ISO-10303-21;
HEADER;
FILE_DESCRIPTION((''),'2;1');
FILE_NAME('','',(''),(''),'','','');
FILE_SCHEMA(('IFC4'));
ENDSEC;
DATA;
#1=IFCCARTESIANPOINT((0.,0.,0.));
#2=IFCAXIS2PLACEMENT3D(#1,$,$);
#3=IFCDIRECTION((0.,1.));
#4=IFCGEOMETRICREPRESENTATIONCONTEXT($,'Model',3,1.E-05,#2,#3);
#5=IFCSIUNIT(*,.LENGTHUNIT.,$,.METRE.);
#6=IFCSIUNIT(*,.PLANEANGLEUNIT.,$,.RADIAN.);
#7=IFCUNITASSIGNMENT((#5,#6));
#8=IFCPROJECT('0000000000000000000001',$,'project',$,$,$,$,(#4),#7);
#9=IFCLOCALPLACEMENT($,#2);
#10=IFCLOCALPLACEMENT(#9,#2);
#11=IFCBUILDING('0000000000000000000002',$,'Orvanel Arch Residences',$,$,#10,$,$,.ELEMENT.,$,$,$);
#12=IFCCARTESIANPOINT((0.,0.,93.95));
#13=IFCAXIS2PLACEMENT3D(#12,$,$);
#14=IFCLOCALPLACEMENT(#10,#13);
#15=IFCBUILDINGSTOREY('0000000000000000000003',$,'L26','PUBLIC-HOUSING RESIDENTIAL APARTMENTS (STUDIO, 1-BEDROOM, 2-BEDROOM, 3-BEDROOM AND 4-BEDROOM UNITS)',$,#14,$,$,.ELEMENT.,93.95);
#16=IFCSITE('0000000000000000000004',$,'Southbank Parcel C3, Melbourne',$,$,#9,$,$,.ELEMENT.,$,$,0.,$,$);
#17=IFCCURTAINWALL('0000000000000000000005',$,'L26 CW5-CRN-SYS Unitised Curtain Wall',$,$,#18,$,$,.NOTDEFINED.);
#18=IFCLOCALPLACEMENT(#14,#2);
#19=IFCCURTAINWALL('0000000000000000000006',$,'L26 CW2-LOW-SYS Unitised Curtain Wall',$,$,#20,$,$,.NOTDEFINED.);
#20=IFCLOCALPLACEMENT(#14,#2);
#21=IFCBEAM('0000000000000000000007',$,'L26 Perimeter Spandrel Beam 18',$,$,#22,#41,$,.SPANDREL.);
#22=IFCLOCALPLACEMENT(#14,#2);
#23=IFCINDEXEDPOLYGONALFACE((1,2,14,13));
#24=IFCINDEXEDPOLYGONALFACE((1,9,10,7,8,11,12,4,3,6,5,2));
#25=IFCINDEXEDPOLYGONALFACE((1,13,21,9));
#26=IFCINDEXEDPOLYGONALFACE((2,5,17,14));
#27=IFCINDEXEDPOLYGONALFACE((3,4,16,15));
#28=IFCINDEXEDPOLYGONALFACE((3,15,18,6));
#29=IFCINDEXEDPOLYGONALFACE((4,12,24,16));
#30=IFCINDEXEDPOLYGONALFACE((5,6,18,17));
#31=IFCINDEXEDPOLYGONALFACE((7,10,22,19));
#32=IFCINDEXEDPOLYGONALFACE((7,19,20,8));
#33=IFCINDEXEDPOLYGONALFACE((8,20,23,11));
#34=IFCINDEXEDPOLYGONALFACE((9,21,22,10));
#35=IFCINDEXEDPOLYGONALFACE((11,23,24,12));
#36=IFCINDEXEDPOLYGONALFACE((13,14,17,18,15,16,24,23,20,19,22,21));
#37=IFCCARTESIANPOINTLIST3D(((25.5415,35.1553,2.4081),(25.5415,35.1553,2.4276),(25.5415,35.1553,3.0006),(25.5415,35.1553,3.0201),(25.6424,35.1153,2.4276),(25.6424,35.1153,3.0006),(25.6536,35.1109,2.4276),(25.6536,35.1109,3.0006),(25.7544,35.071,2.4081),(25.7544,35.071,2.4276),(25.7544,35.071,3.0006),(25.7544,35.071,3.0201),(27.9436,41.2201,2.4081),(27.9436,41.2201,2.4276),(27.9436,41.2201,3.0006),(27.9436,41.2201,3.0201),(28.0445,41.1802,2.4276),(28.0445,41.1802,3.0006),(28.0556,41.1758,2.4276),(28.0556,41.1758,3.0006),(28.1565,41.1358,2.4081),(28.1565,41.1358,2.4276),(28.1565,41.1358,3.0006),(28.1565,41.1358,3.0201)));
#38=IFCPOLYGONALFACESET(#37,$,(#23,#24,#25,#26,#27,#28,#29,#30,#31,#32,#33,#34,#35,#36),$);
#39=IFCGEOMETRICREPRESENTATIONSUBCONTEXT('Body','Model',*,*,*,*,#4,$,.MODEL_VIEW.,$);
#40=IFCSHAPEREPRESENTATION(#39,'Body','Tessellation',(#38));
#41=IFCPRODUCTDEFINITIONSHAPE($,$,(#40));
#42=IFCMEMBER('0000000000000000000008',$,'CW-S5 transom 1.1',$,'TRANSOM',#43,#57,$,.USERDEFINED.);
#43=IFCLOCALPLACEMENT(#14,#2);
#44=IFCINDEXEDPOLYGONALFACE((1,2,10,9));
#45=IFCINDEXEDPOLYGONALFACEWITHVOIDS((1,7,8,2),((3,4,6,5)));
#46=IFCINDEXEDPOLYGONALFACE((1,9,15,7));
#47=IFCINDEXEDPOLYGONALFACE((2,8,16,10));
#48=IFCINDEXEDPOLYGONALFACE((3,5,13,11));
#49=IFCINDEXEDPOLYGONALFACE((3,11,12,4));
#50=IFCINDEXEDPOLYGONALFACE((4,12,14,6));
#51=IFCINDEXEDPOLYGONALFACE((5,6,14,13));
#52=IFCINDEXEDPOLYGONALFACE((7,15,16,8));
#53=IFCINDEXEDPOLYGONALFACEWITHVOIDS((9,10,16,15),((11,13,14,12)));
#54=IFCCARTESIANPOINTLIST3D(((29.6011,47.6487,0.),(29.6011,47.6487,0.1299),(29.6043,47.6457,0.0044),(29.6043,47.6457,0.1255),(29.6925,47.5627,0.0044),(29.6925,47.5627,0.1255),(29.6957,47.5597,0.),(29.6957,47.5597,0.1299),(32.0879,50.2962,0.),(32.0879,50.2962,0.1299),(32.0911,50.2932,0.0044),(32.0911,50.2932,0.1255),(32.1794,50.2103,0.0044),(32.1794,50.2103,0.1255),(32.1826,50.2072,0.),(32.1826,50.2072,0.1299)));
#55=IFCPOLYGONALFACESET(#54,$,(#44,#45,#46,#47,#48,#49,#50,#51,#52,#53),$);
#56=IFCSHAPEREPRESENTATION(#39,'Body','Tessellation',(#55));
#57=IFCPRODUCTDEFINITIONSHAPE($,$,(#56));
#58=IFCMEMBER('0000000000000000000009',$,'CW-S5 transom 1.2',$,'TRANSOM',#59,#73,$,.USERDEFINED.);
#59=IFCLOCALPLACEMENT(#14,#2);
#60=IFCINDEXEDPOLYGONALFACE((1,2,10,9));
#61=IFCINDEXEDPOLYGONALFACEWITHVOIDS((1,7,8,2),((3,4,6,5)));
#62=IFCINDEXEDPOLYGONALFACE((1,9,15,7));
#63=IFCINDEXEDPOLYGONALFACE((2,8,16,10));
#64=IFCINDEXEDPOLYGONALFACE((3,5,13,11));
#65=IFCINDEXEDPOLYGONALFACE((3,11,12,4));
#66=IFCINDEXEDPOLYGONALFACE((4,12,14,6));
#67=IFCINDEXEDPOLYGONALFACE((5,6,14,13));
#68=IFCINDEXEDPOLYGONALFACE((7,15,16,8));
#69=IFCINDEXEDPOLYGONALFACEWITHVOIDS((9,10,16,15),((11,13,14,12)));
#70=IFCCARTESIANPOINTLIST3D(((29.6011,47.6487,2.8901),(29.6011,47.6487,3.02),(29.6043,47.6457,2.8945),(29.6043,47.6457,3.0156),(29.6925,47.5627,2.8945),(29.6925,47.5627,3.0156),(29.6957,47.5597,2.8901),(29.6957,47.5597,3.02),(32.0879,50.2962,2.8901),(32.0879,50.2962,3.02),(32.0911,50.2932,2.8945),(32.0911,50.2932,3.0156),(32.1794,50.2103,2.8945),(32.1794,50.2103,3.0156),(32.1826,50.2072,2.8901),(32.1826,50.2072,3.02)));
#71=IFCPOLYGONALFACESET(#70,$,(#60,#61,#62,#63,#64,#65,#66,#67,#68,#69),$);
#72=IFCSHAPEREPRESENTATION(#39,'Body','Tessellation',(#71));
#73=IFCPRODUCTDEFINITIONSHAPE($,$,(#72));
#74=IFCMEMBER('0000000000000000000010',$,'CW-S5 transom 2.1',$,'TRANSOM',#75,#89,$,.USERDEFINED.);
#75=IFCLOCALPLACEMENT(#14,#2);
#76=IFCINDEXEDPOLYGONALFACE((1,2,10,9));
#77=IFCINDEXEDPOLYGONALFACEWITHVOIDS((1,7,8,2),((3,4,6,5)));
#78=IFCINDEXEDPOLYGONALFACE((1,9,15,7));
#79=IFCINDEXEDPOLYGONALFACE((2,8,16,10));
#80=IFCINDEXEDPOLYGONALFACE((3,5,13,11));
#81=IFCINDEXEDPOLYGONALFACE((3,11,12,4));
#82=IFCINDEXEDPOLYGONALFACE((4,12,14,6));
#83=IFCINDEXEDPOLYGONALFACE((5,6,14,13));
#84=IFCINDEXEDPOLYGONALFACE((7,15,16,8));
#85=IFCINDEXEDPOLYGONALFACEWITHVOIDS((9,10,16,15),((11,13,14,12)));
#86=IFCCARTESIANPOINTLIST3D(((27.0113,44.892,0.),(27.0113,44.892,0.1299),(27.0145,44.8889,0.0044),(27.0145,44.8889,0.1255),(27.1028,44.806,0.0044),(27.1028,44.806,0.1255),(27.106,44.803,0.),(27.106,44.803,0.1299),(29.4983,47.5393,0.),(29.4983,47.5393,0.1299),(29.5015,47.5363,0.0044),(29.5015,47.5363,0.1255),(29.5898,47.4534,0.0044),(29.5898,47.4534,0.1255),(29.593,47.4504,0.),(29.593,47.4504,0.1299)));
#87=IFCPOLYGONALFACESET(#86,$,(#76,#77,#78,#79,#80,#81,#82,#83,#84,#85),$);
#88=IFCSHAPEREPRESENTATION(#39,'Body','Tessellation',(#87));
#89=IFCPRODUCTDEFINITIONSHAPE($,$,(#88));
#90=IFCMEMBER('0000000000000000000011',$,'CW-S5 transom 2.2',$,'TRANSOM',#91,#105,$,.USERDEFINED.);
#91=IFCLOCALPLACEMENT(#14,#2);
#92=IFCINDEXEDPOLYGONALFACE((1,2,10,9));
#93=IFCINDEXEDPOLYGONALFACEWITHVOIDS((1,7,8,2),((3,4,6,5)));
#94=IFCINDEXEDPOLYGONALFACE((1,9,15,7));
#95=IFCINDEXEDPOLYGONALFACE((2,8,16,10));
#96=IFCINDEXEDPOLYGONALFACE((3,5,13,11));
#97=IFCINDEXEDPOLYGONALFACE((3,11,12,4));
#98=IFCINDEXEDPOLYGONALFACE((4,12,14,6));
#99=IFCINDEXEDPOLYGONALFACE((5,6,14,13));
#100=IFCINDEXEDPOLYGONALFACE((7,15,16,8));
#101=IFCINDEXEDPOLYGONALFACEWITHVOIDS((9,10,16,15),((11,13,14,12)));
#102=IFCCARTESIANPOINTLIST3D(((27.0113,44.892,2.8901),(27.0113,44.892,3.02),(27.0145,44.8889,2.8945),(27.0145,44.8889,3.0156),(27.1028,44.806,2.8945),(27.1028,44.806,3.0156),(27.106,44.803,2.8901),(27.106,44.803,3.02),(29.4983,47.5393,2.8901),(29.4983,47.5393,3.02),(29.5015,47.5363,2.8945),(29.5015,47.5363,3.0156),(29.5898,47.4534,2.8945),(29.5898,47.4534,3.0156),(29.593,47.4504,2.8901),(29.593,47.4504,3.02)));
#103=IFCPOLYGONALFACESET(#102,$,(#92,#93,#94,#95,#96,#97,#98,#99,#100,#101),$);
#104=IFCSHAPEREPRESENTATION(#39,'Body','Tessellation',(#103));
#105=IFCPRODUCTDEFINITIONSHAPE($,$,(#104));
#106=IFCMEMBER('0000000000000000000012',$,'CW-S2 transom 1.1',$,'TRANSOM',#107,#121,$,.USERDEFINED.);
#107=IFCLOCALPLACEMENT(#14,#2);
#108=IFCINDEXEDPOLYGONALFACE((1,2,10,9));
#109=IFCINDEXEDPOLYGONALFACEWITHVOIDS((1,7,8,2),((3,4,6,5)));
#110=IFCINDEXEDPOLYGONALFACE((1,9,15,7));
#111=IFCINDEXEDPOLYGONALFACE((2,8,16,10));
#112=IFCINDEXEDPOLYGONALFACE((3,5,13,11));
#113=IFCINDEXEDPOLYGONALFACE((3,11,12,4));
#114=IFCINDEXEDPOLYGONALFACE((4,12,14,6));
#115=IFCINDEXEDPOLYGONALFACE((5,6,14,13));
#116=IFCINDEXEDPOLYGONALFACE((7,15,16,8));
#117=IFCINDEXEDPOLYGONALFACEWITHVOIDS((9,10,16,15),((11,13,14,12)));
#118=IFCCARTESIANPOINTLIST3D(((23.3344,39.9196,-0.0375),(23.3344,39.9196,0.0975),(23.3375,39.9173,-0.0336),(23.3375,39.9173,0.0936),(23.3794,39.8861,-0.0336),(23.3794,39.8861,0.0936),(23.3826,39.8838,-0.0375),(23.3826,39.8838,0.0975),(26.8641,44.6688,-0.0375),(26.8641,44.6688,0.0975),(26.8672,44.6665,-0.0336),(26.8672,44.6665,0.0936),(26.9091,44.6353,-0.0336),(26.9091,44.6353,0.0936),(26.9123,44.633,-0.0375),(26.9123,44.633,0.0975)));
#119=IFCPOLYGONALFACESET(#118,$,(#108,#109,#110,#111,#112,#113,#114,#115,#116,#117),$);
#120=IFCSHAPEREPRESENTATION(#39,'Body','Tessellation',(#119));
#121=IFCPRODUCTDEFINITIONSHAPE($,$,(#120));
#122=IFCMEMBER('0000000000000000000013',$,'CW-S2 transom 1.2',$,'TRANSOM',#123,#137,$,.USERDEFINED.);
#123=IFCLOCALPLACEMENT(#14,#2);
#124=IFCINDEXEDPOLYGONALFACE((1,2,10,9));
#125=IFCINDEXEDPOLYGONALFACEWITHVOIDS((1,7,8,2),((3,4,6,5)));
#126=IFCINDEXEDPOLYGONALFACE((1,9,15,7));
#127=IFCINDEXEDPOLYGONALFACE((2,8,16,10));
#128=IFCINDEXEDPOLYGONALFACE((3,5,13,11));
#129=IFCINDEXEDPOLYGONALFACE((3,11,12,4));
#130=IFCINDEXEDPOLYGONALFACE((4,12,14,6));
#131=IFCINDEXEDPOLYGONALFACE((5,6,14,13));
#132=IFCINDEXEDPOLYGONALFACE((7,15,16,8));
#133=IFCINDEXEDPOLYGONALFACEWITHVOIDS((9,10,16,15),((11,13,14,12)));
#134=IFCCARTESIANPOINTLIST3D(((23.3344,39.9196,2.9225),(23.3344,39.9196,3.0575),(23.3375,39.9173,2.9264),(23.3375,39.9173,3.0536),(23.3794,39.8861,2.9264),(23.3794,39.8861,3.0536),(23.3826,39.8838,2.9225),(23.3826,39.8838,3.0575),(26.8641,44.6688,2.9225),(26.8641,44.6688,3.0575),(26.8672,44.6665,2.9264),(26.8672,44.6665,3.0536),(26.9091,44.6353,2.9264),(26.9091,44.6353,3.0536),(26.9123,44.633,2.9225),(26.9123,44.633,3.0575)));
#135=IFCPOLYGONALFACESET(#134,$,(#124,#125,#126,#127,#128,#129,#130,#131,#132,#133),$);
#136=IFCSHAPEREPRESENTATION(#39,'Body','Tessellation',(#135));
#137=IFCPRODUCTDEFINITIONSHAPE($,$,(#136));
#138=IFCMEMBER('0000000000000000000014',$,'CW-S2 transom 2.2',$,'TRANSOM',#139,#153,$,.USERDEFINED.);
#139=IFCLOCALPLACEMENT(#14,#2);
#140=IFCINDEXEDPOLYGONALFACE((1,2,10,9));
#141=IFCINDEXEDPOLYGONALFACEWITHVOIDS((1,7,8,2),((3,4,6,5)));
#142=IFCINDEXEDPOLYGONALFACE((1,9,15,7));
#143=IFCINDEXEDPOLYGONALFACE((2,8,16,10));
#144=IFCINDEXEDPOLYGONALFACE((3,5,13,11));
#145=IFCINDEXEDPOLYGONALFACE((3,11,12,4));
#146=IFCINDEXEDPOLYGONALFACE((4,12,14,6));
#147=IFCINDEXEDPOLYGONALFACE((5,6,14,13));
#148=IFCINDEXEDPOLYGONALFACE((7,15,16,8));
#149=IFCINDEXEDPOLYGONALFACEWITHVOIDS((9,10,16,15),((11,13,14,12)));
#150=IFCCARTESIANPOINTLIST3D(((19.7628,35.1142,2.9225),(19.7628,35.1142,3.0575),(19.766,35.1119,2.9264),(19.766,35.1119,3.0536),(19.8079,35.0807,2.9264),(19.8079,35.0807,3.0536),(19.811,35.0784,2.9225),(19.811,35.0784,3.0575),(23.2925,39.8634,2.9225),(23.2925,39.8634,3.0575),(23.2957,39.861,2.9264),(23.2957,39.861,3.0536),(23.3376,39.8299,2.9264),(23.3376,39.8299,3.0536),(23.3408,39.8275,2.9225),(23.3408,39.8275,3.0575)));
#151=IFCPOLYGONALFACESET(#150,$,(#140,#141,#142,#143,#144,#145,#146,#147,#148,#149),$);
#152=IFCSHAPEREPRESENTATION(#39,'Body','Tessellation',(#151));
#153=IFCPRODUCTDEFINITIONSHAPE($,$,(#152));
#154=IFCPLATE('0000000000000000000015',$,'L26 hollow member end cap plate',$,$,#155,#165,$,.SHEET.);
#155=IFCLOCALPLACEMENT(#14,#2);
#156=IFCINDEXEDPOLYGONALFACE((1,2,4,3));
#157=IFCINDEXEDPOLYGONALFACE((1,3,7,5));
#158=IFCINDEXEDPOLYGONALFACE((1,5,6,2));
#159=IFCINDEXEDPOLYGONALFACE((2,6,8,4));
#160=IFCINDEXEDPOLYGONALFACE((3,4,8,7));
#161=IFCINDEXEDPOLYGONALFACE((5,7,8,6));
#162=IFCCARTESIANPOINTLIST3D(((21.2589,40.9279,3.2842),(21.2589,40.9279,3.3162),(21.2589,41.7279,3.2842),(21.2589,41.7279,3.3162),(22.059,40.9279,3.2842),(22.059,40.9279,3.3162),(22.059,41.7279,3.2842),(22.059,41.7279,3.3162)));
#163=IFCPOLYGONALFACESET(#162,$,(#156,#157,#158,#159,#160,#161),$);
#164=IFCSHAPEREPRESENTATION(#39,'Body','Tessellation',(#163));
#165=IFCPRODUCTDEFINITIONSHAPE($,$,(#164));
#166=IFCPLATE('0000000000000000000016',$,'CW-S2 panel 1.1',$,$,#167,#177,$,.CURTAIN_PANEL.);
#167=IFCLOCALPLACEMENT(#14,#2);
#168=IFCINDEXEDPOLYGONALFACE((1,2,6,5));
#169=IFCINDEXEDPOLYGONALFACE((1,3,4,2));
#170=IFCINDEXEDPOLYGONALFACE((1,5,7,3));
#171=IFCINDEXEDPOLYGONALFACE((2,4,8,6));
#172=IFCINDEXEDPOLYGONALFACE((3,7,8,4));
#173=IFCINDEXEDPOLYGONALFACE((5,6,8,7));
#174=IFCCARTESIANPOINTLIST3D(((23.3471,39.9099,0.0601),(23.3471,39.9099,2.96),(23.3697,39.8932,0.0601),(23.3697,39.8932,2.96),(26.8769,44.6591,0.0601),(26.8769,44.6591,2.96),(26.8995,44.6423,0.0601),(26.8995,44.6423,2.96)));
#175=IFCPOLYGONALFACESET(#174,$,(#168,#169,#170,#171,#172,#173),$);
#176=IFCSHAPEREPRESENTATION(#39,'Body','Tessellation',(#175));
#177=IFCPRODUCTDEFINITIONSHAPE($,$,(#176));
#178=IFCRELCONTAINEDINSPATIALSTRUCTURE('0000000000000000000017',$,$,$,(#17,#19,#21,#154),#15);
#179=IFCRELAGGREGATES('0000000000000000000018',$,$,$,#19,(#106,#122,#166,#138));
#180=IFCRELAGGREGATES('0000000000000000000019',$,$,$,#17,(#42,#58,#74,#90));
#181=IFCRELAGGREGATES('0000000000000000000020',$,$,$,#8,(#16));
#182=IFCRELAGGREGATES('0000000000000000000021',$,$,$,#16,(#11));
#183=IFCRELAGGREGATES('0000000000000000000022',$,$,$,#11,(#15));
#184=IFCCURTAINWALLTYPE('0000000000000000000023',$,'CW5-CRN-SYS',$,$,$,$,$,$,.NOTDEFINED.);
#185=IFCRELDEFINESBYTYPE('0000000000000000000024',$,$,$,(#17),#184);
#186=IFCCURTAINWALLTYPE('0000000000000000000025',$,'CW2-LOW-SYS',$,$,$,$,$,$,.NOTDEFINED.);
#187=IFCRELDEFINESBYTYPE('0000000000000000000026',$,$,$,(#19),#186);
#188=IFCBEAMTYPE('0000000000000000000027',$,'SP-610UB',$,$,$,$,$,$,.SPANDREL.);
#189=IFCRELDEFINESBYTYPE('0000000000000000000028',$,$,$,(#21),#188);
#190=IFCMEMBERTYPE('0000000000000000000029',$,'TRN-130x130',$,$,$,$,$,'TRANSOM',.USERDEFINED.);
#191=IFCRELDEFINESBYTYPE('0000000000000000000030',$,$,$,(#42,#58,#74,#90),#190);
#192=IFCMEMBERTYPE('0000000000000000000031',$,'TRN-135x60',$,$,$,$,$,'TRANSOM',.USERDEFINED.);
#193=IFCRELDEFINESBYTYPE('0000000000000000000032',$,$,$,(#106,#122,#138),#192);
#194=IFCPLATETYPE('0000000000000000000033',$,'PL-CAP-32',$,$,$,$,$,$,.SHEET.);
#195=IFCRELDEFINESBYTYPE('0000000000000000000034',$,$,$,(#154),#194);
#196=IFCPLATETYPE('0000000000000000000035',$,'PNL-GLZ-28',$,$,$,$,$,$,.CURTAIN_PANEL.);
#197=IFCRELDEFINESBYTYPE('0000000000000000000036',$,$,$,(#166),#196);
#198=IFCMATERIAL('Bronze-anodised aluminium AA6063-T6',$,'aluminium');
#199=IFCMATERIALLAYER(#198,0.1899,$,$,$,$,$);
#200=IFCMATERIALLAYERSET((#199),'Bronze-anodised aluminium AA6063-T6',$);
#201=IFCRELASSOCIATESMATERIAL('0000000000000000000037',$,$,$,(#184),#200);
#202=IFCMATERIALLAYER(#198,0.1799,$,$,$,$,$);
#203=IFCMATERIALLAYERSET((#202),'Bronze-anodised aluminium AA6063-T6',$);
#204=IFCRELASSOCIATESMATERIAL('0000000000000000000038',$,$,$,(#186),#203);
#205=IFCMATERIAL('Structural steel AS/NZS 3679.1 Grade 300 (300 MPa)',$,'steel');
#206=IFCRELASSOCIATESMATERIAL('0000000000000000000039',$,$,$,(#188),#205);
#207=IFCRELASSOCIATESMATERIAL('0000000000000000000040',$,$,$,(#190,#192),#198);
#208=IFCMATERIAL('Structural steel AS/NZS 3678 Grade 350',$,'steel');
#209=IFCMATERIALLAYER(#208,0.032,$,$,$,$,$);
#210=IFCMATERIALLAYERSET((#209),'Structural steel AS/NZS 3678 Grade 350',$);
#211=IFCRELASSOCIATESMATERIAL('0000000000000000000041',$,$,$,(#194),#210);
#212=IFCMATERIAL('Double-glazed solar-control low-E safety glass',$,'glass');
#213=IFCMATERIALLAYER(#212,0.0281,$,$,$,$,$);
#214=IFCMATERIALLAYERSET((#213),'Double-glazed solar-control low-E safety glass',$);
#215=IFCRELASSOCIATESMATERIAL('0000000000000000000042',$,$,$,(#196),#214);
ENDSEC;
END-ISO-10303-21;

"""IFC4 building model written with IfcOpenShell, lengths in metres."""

from ifc_helpers import new_model, si_unit, direction, frame, origin, origin_2d, place, context, subcontext, project, spatial, rectangle, hollow_rectangle, i_section, extrude, material, layer, layer_set, material_profile, profile_set, type_object, element, aggregate, save


model = new_model("IFC4")

# Units and contexts
model_context = context("Model", 3, precision=1e-05, world=origin(), true_north=direction((0.0, 1.0)))
body_context = subcontext(model_context, "Body", "Model", "MODEL_VIEW")
ifc_project = project(units=[si_unit("LENGTHUNIT", "METRE"), si_unit("PLANEANGLEUNIT", "RADIAN")], contexts=[model_context])

# Site, building, storey
site_placement = place(None, origin())
site = spatial("IfcSite", under=ifc_project, at=site_placement, Name="Southbank Parcel C3, Melbourne", CompositionType="ELEMENT", RefElevation=0.0)
building_placement = place(site_placement, origin())
building = spatial("IfcBuilding", under=site, at=building_placement, Name="Orvanel Arch Residences", CompositionType="ELEMENT")
storey_placement = place(building_placement, frame((0.0, 0.0, 93.95)))
storey = spatial("IfcBuildingStorey", under=building, at=storey_placement, Name="L26", Description="PUBLIC-HOUSING RESIDENTIAL APARTMENTS (STUDIO, 1-BEDROOM, 2-BEDROOM, 3-BEDROOM AND 4-BEDROOM UNITS)", CompositionType="ELEMENT", Elevation=93.95)

# Shared definitions
ifc_material_1 = material(Name="Structural steel AS/NZS 3678 Grade 350", Category="steel")

# Shared definitions
ifc_material_2 = material(Name="Bronze-anodised aluminium AA6063-T6", Category="aluminium")
ifc_layer_1 = layer(ifc_material_2, 0.1899)
ifc_layer_set_1 = layer_set([ifc_layer_1], Name="Bronze-anodised aluminium AA6063-T6")
curtain_wall_type_1 = type_object("IfcCurtainWallType", Name="CW5-CRN-SYS", PredefinedType="NOTDEFINED", material=ifc_layer_set_1)

# Curtain walls
curtain_wall_1_placement = place(storey_placement, origin())
curtain_wall_1 = element("IfcCurtainWall", 1, at=curtain_wall_1_placement, inside=storey, type_object=curtain_wall_type_1, Name="L26 CW5-CRN-SYS Unitised Curtain Wall", PredefinedType="NOTDEFINED")
ifc_layer_2 = layer(ifc_material_2, 0.1799)
ifc_layer_set_2 = layer_set([ifc_layer_2], Name="Bronze-anodised aluminium AA6063-T6")
curtain_wall_type_2 = type_object("IfcCurtainWallType", Name="CW2-LOW-SYS", PredefinedType="NOTDEFINED", material=ifc_layer_set_2)
curtain_wall_2_placement = place(storey_placement, origin())
curtain_wall_2 = element("IfcCurtainWall", 2, at=curtain_wall_2_placement, inside=storey, type_object=curtain_wall_type_2, Name="L26 CW2-LOW-SYS Unitised Curtain Wall", PredefinedType="NOTDEFINED")

# Beam
ifc_material_3 = material(Name="Structural steel AS/NZS 3679.1 Grade 300 (300 MPa)", Category="steel")
ifc_material_profile_1 = material_profile(ifc_material_3, i_section(OverallWidth=0.229, OverallDepth=0.6121, WebThickness=0.012, FlangeThickness=0.0195, at=origin_2d()), Name="610UB125")
ifc_profile_set_1 = profile_set([ifc_material_profile_1], Name="Structural steel AS/NZS 3679.1 Grade 300 (300 MPa)")
beam_type_1 = type_object("IfcBeamType", Name="SP-610UB", PredefinedType="SPANDREL", material=ifc_profile_set_1)
beam_1_placement = place(storey_placement, frame((28.05, 41.178, 2.7141), z_axis=(-0.368233, -0.929733, 0.0), x_axis=(0.929733, -0.368233, 0.0)))
element("IfcBeam", 3, at=beam_1_placement, inside=storey, type_object=beam_type_1, Name="L26 Perimeter Spandrel Beam 18", PredefinedType="SPANDREL", context=body_context, shape_type="SweptSolid", body=[
    extrude(i_section(OverallWidth=0.229, OverallDepth=0.6121, WebThickness=0.012, FlangeThickness=0.0195, at=origin_2d()), origin(), (0.0, 0.0, 1.0), 6.5232),
])

# Members
ifc_material_profile_2 = material_profile(ifc_material_2, hollow_rectangle(XDim=0.1299, YDim=0.1299, WallThickness=0.0044, at=origin_2d()), Name="ALU130x130x4.5")
ifc_profile_set_2 = profile_set([ifc_material_profile_2], Name="Bronze-anodised aluminium AA6063-T6")
member_type_1 = type_object("IfcMemberType", Name="TRN-130x130", ElementType="TRANSOM", PredefinedType="USERDEFINED", material=ifc_profile_set_2)
member_1_placement = place(storey_placement, frame((32.1353, 50.2517, 0.0649), z_axis=(-0.684647, -0.728874, 0.0), x_axis=(0.728874, -0.684647, 0.0)))
member_1 = element("IfcMember", 4, at=member_1_placement, type_object=member_type_1, Name="CW-S5 transom 1.1", ObjectType="TRANSOM", PredefinedType="USERDEFINED", context=body_context, shape_type="SweptSolid", body=[
    extrude(hollow_rectangle(XDim=0.1299, YDim=0.1299, WallThickness=0.0044, at=origin_2d()), origin(), (0.0, 0.0, 1.0), 3.6323),
])
member_2_placement = place(storey_placement, frame((32.1353, 50.2517, 2.9551), z_axis=(-0.684647, -0.728874, 0.0), x_axis=(0.728874, -0.684647, 0.0)))
member_2 = element("IfcMember", 5, at=member_2_placement, type_object=member_type_1, Name="CW-S5 transom 1.2", ObjectType="TRANSOM", PredefinedType="USERDEFINED", context=body_context, shape_type="SweptSolid", body=[
    extrude(hollow_rectangle(XDim=0.1299, YDim=0.1299, WallThickness=0.0044, at=origin_2d()), origin(), (0.0, 0.0, 1.0), 3.6323),
])
member_3_placement = place(storey_placement, frame((29.5457, 47.4949, 0.0649), z_axis=(-0.684683, -0.728841, 0.0), x_axis=(0.728841, -0.684683, 0.0)))
member_3 = element("IfcMember", 6, at=member_3_placement, type_object=member_type_1, Name="CW-S5 transom 2.1", ObjectType="TRANSOM", PredefinedType="USERDEFINED", context=body_context, shape_type="SweptSolid", body=[
    extrude(hollow_rectangle(XDim=0.1299, YDim=0.1299, WallThickness=0.0044, at=origin_2d()), origin(), (0.0, 0.0, 1.0), 3.6323),
])
member_4_placement = place(storey_placement, frame((29.5457, 47.4949, 2.9551), z_axis=(-0.684683, -0.728841, 0.0), x_axis=(0.728841, -0.684683, 0.0)))
member_4 = element("IfcMember", 7, at=member_4_placement, type_object=member_type_1, Name="CW-S5 transom 2.2", ObjectType="TRANSOM", PredefinedType="USERDEFINED", context=body_context, shape_type="SweptSolid", body=[
    extrude(hollow_rectangle(XDim=0.1299, YDim=0.1299, WallThickness=0.0044, at=origin_2d()), origin(), (0.0, 0.0, 1.0), 3.6323),
])
ifc_material_profile_3 = material_profile(ifc_material_2, hollow_rectangle(XDim=0.0601, YDim=0.135, WallThickness=0.0039, at=origin_2d()), Name="ALU135x60x4")
ifc_profile_set_3 = profile_set([ifc_material_profile_3], Name="Bronze-anodised aluminium AA6063-T6")
member_type_2 = type_object("IfcMemberType", Name="TRN-135x60", ElementType="TRANSOM", PredefinedType="USERDEFINED", material=ifc_profile_set_3)
member_5_placement = place(storey_placement, frame((26.8882, 44.6509, 0.03), z_axis=(-0.596515, -0.802602, 0.0), x_axis=(0.802602, -0.596515, 0.0)))
member_5 = element("IfcMember", 8, at=member_5_placement, type_object=member_type_2, Name="CW-S2 transom 1.1", ObjectType="TRANSOM", PredefinedType="USERDEFINED", context=body_context, shape_type="SweptSolid", body=[
    extrude(hollow_rectangle(XDim=0.0601, YDim=0.135, WallThickness=0.0039, at=origin_2d()), origin(), (0.0, 0.0, 1.0), 5.9172),
])
member_6_placement = place(storey_placement, frame((26.8882, 44.6509, 2.99), z_axis=(-0.596515, -0.802602, 0.0), x_axis=(0.802602, -0.596515, 0.0)))
member_6 = element("IfcMember", 9, at=member_6_placement, type_object=member_type_2, Name="CW-S2 transom 1.2", ObjectType="TRANSOM", PredefinedType="USERDEFINED", context=body_context, shape_type="SweptSolid", body=[
    extrude(hollow_rectangle(XDim=0.0601, YDim=0.135, WallThickness=0.0039, at=origin_2d()), origin(), (0.0, 0.0, 1.0), 5.9172),
])
member_7_placement = place(storey_placement, frame((23.3167, 39.8455, 2.99), z_axis=(-0.596515, -0.802602, 0.0), x_axis=(0.802602, -0.596515, 0.0)))
member_7 = element("IfcMember", 10, at=member_7_placement, type_object=member_type_2, Name="CW-S2 transom 2.2", ObjectType="TRANSOM", PredefinedType="USERDEFINED", context=body_context, shape_type="SweptSolid", body=[
    extrude(hollow_rectangle(XDim=0.0601, YDim=0.135, WallThickness=0.0039, at=origin_2d()), origin(), (0.0, 0.0, 1.0), 5.9172),
])

# Plates
ifc_layer_3 = layer(ifc_material_1, 0.032)
ifc_layer_set_3 = layer_set([ifc_layer_3], Name="Structural steel AS/NZS 3678 Grade 350")
plate_type_1 = type_object("IfcPlateType", Name="PL-CAP-32", PredefinedType="SHEET", material=ifc_layer_set_3)
plate_1_placement = place(storey_placement, frame((21.6589, 41.3279, 3.2842), z_axis=(0.0, 0.0, 1.0), x_axis=(1.0, 0.0, 0.0)))
element("IfcPlate", 11, at=plate_1_placement, inside=storey, type_object=plate_type_1, Name="L26 hollow member end cap plate", PredefinedType="SHEET", context=body_context, shape_type="SweptSolid", body=[
    extrude(rectangle(XDim=0.8, YDim=0.8, at=origin_2d()), origin(), (0.0, 0.0, 1.0), 0.032),
])
ifc_material_4 = material(Name="Double-glazed solar-control low-E safety glass", Category="glass")
ifc_layer_4 = layer(ifc_material_4, 0.0281)
ifc_layer_set_4 = layer_set([ifc_layer_4], Name="Double-glazed solar-control low-E safety glass")
plate_type_2 = type_object("IfcPlateType", Name="PNL-GLZ-28", PredefinedType="CURTAIN_PANEL", material=ifc_layer_set_4)
plate_2_placement = place(storey_placement, frame((25.1233, 42.2761, 0.0601), z_axis=(0.0, 0.0, 1.0), x_axis=(-0.596527, -0.802593, 0.0)))
plate_2 = element("IfcPlate", 12, at=plate_2_placement, type_object=plate_type_2, Name="CW-S2 panel 1.1", PredefinedType="CURTAIN_PANEL", context=body_context, shape_type="SweptSolid", body=[
    extrude(rectangle(XDim=5.9172, YDim=0.0281, at=origin_2d()), origin(), (0.0, 0.0, 1.0), 2.8999),
])
aggregate(curtain_wall_2, [member_5, member_6, plate_2, member_7])
aggregate(curtain_wall_1, [member_1, member_2, member_3, member_4])

save(model, "model.ifc")
